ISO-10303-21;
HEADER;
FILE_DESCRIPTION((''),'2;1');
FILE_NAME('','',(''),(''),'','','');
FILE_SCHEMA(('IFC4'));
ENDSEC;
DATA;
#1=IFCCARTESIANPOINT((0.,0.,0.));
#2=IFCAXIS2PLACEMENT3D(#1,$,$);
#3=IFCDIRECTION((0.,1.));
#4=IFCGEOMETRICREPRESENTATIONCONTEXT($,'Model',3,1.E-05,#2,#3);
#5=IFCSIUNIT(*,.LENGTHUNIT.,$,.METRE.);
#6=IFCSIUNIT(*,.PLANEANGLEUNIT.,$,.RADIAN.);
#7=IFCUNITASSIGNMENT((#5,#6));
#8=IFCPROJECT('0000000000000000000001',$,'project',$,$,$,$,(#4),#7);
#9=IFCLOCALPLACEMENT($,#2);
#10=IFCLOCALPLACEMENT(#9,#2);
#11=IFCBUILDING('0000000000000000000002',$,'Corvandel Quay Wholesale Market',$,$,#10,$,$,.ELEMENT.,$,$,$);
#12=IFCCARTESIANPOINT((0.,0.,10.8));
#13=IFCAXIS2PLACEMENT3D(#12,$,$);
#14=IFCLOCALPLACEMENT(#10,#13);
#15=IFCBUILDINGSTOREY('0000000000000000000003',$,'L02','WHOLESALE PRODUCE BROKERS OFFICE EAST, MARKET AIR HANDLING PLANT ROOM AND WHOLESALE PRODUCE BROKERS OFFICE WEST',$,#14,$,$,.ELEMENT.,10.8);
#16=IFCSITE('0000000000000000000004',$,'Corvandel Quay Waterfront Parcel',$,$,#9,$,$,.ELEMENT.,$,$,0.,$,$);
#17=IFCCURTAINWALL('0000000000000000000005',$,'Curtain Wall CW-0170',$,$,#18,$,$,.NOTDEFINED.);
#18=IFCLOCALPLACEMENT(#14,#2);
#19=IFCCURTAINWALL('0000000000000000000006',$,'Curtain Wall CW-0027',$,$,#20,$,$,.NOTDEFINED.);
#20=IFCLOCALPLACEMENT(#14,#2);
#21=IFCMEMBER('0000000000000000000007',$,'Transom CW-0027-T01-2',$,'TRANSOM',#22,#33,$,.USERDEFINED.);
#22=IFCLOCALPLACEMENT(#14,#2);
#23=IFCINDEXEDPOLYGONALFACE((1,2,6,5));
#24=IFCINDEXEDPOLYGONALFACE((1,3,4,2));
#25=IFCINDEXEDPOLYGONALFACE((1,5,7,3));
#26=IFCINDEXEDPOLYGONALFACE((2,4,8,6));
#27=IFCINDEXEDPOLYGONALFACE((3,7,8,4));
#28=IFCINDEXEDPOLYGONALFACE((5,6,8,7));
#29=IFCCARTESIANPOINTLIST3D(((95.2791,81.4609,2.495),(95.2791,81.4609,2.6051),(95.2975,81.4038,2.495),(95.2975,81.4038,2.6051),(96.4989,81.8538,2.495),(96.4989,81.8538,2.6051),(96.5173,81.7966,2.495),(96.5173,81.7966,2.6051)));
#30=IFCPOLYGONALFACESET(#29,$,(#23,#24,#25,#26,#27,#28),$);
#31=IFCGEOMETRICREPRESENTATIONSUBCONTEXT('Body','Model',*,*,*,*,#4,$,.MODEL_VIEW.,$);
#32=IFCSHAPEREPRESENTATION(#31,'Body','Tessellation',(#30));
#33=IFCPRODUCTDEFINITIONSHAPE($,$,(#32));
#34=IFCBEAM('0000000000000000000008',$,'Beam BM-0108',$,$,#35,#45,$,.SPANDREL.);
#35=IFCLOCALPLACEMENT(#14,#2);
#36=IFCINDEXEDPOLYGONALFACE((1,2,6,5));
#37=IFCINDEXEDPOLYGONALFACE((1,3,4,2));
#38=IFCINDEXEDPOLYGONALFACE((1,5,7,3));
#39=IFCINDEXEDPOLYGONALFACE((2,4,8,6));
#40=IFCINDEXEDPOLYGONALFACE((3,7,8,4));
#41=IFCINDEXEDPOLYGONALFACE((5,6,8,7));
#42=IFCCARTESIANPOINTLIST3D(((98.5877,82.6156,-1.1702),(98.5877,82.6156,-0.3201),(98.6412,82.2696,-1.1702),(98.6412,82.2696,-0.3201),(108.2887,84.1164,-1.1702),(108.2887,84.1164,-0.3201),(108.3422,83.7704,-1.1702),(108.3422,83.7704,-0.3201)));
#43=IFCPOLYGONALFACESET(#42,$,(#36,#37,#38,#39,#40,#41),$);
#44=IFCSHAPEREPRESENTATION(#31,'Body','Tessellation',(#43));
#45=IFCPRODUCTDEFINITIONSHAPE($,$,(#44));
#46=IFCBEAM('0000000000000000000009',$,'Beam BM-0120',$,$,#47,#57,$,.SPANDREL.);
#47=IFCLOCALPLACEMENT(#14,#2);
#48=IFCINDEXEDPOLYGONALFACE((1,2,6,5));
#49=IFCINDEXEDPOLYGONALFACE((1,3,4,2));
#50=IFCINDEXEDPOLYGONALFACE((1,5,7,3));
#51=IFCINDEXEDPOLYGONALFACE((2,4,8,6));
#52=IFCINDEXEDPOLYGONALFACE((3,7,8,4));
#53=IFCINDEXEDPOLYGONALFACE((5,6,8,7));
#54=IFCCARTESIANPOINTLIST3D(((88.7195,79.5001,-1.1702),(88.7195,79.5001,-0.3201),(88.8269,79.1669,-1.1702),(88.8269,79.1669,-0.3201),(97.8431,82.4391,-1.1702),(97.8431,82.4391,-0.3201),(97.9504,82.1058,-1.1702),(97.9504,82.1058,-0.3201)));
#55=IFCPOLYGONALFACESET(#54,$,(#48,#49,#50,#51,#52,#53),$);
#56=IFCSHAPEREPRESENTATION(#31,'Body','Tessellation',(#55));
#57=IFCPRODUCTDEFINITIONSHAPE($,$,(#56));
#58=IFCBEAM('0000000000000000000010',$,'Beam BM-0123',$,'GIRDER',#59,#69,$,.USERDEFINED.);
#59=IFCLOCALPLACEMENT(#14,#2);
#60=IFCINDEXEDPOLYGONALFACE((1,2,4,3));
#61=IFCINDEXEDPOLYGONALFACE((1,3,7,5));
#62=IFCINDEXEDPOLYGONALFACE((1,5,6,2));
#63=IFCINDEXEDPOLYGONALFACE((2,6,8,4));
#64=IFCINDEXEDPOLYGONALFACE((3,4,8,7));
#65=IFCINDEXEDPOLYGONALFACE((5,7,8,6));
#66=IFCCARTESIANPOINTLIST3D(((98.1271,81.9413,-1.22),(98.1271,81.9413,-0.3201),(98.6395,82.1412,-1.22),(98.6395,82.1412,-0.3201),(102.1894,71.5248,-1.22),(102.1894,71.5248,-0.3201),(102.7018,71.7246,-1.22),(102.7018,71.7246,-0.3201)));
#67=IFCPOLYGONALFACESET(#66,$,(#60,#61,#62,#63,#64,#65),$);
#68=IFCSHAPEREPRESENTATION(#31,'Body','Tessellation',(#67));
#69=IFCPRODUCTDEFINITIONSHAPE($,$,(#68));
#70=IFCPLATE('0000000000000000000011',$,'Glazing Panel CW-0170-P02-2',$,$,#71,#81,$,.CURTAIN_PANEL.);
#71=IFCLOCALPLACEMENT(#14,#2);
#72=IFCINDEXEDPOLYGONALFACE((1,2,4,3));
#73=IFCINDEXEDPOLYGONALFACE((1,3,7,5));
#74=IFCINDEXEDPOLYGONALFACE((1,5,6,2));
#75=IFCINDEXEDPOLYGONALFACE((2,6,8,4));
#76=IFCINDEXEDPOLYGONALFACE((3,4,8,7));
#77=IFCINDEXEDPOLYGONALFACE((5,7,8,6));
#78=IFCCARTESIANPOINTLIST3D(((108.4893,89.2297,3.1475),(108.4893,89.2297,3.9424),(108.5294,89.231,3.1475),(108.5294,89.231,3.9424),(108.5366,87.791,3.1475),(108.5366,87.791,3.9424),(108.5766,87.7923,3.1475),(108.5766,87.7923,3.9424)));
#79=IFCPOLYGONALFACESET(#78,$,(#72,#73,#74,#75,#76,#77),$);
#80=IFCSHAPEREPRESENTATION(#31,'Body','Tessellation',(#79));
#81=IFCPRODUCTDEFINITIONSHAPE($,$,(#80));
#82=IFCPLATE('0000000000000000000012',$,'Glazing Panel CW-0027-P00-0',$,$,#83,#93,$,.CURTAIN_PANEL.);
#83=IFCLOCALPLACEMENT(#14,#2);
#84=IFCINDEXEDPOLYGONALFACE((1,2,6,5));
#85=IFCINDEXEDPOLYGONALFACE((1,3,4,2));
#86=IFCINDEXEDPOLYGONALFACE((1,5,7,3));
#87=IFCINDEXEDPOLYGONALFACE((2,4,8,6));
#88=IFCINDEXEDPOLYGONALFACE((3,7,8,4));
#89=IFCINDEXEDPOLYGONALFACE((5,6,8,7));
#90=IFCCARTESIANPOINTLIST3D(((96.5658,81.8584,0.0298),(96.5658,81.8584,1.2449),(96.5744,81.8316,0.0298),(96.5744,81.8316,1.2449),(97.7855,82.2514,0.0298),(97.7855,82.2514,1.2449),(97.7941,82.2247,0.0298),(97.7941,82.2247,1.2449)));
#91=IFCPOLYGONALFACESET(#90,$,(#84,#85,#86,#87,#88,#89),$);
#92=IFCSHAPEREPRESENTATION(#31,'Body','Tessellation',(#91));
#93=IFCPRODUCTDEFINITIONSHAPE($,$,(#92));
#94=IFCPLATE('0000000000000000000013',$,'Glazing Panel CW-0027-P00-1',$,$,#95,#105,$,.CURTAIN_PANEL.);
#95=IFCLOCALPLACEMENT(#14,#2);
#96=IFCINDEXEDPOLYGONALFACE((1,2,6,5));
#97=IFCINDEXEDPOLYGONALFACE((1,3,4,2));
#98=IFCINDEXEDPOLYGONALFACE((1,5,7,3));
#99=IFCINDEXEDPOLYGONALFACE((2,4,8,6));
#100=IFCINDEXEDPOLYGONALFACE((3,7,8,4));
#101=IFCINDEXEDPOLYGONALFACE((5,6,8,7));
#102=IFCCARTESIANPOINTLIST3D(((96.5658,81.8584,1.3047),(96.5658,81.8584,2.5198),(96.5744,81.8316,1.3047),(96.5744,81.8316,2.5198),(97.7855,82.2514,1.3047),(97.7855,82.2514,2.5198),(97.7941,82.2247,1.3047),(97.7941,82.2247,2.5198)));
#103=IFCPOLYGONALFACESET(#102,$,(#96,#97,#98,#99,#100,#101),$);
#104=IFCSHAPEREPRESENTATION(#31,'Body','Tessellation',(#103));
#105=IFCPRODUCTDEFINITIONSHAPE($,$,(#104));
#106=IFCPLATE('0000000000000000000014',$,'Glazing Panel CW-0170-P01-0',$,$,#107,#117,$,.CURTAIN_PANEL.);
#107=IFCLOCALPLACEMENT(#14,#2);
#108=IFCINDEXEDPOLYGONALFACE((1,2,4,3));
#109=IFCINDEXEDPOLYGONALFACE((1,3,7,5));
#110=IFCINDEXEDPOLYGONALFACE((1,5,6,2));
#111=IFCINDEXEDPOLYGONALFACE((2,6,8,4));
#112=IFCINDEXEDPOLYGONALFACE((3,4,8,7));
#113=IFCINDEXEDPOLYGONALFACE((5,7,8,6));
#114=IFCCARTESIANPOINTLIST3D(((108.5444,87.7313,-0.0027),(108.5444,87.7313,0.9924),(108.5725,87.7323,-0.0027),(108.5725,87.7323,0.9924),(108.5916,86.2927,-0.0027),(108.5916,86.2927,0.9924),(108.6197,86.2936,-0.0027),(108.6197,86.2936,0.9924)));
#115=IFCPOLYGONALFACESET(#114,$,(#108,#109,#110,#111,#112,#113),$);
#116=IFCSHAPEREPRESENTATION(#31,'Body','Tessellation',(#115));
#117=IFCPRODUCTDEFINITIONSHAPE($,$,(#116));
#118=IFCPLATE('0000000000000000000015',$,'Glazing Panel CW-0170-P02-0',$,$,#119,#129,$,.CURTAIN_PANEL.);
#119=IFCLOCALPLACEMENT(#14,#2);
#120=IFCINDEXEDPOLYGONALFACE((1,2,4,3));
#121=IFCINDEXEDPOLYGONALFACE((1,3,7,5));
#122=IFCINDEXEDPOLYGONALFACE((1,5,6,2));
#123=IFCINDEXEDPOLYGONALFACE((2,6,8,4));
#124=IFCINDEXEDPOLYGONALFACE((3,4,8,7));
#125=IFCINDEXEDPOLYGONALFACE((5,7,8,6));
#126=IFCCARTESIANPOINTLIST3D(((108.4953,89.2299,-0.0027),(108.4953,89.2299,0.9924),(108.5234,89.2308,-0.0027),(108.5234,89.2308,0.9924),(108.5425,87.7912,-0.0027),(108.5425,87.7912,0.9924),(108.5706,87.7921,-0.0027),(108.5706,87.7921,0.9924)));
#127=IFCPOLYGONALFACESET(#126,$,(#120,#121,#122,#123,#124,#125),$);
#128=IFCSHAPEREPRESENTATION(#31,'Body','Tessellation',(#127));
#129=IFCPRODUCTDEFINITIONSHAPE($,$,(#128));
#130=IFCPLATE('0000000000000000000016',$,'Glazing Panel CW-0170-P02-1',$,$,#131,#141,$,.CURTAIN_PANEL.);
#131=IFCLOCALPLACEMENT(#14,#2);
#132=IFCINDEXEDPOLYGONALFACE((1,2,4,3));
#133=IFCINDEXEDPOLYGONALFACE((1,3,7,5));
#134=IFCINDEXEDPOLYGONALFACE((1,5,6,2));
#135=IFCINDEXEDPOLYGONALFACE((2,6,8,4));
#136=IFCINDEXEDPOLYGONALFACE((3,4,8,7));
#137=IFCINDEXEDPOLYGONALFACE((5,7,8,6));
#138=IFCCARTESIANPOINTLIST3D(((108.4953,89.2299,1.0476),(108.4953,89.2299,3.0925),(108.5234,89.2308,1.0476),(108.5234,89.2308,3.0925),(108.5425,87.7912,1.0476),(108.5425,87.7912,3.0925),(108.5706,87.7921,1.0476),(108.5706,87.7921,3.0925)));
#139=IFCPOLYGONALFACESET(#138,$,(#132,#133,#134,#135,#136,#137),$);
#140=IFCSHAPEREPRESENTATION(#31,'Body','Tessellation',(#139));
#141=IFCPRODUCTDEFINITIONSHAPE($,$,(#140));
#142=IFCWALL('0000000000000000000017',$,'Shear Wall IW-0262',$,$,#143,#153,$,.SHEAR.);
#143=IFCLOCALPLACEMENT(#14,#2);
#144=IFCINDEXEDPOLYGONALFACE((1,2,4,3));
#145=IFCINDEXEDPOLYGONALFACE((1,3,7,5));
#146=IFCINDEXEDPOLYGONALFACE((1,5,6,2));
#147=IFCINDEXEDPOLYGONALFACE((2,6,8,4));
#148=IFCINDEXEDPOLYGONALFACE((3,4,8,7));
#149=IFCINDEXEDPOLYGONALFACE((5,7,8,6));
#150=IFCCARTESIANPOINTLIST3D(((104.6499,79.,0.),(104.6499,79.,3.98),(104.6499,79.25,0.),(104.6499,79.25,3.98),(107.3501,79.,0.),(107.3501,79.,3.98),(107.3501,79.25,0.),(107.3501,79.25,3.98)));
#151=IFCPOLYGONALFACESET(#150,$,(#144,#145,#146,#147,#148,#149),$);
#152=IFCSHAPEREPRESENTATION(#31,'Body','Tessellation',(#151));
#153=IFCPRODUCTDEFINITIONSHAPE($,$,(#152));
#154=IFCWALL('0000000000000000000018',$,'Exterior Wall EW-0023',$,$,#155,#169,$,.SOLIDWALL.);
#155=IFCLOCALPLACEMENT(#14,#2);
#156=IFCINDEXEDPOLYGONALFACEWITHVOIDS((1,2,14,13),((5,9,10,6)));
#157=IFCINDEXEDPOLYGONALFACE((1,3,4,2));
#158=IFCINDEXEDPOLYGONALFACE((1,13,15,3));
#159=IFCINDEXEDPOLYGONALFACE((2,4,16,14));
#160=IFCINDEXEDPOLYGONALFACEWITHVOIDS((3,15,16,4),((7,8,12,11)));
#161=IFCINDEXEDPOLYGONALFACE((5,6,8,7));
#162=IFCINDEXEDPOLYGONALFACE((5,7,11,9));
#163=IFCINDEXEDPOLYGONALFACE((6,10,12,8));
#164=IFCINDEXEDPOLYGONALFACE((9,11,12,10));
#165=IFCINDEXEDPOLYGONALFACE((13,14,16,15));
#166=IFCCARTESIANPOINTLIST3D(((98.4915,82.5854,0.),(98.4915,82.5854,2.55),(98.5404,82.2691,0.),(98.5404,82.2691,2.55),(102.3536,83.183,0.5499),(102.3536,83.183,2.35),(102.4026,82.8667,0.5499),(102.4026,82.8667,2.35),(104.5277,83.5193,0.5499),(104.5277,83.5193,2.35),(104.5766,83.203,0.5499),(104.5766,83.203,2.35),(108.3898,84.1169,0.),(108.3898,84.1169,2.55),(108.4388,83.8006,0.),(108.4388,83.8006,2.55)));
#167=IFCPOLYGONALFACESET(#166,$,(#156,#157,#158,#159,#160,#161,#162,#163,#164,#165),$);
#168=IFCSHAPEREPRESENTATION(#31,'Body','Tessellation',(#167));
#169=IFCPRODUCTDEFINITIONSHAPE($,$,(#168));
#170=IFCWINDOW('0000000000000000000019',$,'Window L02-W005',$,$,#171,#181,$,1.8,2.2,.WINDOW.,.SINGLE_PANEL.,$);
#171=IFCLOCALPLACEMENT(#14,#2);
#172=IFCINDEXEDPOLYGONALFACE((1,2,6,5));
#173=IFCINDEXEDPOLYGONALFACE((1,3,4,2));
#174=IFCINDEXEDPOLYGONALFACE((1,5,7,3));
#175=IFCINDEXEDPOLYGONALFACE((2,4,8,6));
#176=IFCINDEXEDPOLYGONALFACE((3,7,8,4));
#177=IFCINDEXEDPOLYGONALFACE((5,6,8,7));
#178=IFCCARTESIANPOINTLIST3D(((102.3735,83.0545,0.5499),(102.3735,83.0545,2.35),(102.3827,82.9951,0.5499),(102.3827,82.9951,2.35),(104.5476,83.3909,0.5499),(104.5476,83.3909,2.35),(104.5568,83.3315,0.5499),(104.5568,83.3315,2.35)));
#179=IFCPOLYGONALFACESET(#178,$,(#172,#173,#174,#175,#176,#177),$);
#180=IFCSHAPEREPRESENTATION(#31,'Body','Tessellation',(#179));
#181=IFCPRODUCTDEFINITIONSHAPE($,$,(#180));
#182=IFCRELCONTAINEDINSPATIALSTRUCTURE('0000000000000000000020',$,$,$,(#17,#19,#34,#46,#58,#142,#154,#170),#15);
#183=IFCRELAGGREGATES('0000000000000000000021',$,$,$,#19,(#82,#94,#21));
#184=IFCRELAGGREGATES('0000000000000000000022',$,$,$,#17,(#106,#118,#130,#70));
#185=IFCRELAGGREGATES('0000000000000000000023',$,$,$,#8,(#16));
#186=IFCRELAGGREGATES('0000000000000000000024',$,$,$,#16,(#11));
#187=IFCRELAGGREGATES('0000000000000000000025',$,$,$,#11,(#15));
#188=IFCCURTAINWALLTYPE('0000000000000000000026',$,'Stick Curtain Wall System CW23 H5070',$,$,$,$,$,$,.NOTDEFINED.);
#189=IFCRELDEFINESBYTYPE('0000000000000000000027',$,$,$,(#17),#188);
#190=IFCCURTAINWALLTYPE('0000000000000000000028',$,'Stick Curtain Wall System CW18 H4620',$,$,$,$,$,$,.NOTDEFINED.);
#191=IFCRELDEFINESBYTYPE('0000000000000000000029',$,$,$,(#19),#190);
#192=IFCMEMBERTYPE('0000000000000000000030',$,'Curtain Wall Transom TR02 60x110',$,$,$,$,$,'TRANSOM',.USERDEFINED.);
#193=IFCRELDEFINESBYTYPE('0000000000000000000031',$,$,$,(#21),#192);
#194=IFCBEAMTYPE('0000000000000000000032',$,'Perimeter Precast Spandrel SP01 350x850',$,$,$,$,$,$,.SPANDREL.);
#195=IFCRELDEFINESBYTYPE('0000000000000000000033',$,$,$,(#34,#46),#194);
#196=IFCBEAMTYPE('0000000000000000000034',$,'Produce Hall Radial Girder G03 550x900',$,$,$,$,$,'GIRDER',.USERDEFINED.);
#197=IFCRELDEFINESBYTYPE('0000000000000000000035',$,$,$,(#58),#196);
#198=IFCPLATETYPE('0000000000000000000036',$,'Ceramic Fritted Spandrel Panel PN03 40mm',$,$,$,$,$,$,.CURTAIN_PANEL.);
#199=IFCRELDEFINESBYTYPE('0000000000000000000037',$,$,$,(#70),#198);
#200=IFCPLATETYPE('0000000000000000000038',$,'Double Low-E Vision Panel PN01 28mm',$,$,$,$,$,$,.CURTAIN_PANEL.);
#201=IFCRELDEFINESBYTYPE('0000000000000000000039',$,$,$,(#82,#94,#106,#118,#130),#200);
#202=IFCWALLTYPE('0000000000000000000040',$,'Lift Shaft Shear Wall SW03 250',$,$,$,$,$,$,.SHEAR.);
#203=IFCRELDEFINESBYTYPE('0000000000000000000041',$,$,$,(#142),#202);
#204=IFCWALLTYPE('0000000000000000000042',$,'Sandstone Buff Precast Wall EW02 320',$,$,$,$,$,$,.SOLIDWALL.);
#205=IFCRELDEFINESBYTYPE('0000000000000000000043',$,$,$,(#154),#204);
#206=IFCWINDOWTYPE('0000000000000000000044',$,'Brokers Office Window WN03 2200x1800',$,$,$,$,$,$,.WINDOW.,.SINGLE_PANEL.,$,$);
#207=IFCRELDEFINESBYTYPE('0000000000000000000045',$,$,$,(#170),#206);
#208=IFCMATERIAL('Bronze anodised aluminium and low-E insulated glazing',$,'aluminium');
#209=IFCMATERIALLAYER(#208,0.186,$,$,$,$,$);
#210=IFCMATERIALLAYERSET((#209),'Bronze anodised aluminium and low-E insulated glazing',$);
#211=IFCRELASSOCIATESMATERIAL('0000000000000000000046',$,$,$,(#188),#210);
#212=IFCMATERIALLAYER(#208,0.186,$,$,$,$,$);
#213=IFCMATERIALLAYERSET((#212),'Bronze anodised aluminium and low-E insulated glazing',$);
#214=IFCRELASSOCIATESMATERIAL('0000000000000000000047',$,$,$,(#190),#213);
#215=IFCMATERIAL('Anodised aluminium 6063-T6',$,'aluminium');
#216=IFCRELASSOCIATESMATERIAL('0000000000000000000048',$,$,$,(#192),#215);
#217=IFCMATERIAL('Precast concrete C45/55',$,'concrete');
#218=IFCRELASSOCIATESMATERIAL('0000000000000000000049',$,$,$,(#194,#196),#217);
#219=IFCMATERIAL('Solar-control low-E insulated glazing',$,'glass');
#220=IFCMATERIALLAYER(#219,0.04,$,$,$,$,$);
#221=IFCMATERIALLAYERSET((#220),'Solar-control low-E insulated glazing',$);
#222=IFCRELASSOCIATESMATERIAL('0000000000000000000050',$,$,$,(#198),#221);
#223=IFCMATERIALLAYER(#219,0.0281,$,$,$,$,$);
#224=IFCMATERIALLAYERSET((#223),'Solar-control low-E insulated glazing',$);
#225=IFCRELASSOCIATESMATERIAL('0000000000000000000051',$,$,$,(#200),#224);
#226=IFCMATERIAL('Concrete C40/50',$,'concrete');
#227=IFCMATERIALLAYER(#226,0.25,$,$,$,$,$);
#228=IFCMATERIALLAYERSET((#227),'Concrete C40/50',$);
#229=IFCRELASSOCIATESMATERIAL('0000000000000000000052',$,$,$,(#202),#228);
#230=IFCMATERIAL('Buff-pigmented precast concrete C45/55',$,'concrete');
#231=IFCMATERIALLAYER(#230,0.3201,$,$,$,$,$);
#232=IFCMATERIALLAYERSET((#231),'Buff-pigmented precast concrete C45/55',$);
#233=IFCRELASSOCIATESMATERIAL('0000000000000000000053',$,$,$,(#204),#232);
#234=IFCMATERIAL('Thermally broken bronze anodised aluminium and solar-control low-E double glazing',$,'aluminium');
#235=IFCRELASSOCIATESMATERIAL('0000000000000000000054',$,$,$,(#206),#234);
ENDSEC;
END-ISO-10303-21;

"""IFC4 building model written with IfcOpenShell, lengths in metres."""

from ifc_helpers import new_model, si_unit, direction, frame, frame_2d, origin, origin_2d, place, context, subcontext, project, spatial, rectangle, extrude, material, layer, layer_set, material_profile, profile_set, type_object, element, fill, aggregate, save


model = new_model("IFC4")

# Units and contexts
model_context = context("Model", 3, precision=1e-05, world=origin(), true_north=direction((0.0, 1.0)))
body_context = subcontext(model_context, "Body", "Model", "MODEL_VIEW")
ifc_project = project(units=[si_unit("LENGTHUNIT", "METRE"), si_unit("PLANEANGLEUNIT", "RADIAN")], contexts=[model_context])

# Site, building, storey
site_placement = place(None, origin())
site = spatial("IfcSite", under=ifc_project, at=site_placement, Name="Corvandel Quay Waterfront Parcel", CompositionType="ELEMENT", RefElevation=0.0)
building_placement = place(site_placement, origin())
building = spatial("IfcBuilding", under=site, at=building_placement, Name="Corvandel Quay Wholesale Market", CompositionType="ELEMENT")
storey_placement = place(building_placement, frame((0.0, 0.0, 10.8)))
storey = spatial("IfcBuildingStorey", under=building, at=storey_placement, Name="L02", Description="WHOLESALE PRODUCE BROKERS OFFICE EAST, MARKET AIR HANDLING PLANT ROOM AND WHOLESALE PRODUCE BROKERS OFFICE WEST", CompositionType="ELEMENT", Elevation=10.8)

# Shared definitions
ifc_material_1 = material(Name="Precast concrete C45/55", Category="concrete")

# Curtain walls, member
ifc_material_2 = material(Name="Bronze anodised aluminium and low-E insulated glazing", Category="aluminium")
ifc_layer_1 = layer(ifc_material_2, 0.186)
ifc_layer_set_1 = layer_set([ifc_layer_1], Name="Bronze anodised aluminium and low-E insulated glazing")
curtain_wall_type_1 = type_object("IfcCurtainWallType", Name="Stick Curtain Wall System CW23 H5070", PredefinedType="NOTDEFINED", material=ifc_layer_set_1)
curtain_wall_1_placement = place(storey_placement, origin())
curtain_wall_1 = element("IfcCurtainWall", 1, at=curtain_wall_1_placement, inside=storey, type_object=curtain_wall_type_1, Name="Curtain Wall CW-0170", PredefinedType="NOTDEFINED")
ifc_material_3 = material(Name="Anodised aluminium 6063-T6", Category="aluminium")
ifc_layer_2 = layer(ifc_material_2, 0.186)
ifc_layer_set_2 = layer_set([ifc_layer_2], Name="Bronze anodised aluminium and low-E insulated glazing")
curtain_wall_type_2 = type_object("IfcCurtainWallType", Name="Stick Curtain Wall System CW18 H4620", PredefinedType="NOTDEFINED", material=ifc_layer_set_2)
curtain_wall_2_placement = place(storey_placement, origin())
curtain_wall_2 = element("IfcCurtainWall", 2, at=curtain_wall_2_placement, inside=storey, type_object=curtain_wall_type_2, Name="Curtain Wall CW-0027", PredefinedType="NOTDEFINED")
ifc_material_profile_1 = material_profile(ifc_material_3, rectangle(XDim=0.0601, YDim=0.1101, at=origin_2d()), Name="ALU-TRN-60x110")
ifc_profile_set_1 = profile_set([ifc_material_profile_1], Name="Anodised aluminium 6063-T6")
member_type_1 = type_object("IfcMemberType", Name="Curtain Wall Transom TR02 60x110", ElementType="TRANSOM", PredefinedType="USERDEFINED", material=ifc_profile_set_1)
member_1_placement = place(storey_placement, frame((96.5081, 81.8252, 2.55), z_axis=(-0.951854, -0.306552, 0.0), x_axis=(0.306552, -0.951854, 0.0)))
member_1 = element("IfcMember", 3, at=member_1_placement, type_object=member_type_1, Name="Transom CW-0027-T01-2", ObjectType="TRANSOM", PredefinedType="USERDEFINED", context=body_context, shape_type="SweptSolid", body=[
    extrude(rectangle(XDim=0.0601, YDim=0.1101, at=origin_2d()), origin(), (0.0, 0.0, 1.0), 1.2815),
])

# Beams
ifc_material_profile_2 = material_profile(ifc_material_1, rectangle(XDim=0.3501, YDim=0.8501, at=origin_2d()), Name="PC-SPN-350x850")
ifc_profile_set_2 = profile_set([ifc_material_profile_2], Name="Precast concrete C45/55")
beam_type_1 = type_object("IfcBeamType", Name="Perimeter Precast Spandrel SP01 350x850", PredefinedType="SPANDREL", material=ifc_profile_set_2)
beam_1_placement = place(storey_placement, frame((108.3154, 83.9434, -0.7451), z_axis=(-0.988245, -0.152881, 0.0), x_axis=(0.152881, -0.988245, 0.0)))
element("IfcBeam", 4, at=beam_1_placement, inside=storey, type_object=beam_type_1, Name="Beam BM-0108", PredefinedType="SPANDREL", context=body_context, shape_type="SweptSolid", body=[
    extrude(rectangle(XDim=0.3501, YDim=0.8501, at=origin_2d()), origin(), (0.0, 0.0, 1.0), 9.8164),
])
beam_2_placement = place(storey_placement, frame((97.8967, 82.2725, -0.7451), z_axis=(-0.951834, -0.306614, 0.0), x_axis=(0.306614, -0.951834, 0.0)))
element("IfcBeam", 5, at=beam_2_placement, inside=storey, type_object=beam_type_1, Name="Beam BM-0120", PredefinedType="SPANDREL", context=body_context, shape_type="SweptSolid", body=[
    extrude(rectangle(XDim=0.3501, YDim=0.8501, at=origin_2d()), origin(), (0.0, 0.0, 1.0), 9.5852),
])
ifc_material_profile_3 = material_profile(ifc_material_1, rectangle(XDim=0.55, YDim=0.8999, at=origin_2d()), Name="PC-GIR-550x900")
ifc_profile_set_3 = profile_set([ifc_material_profile_3], Name="Precast concrete C45/55")
beam_type_2 = type_object("IfcBeamType", Name="Produce Hall Radial Girder G03 550x900", ElementType="GIRDER", PredefinedType="USERDEFINED", material=ifc_profile_set_3)
beam_3_placement = place(storey_placement, frame((98.3833, 82.0413, -0.77), z_axis=(0.363331, -0.93166, 0.0), x_axis=(0.93166, 0.363331, 0.0)))
element("IfcBeam", 6, at=beam_3_placement, inside=storey, type_object=beam_type_2, Name="Beam BM-0123", ObjectType="GIRDER", PredefinedType="USERDEFINED", context=body_context, shape_type="SweptSolid", body=[
    extrude(rectangle(XDim=0.55, YDim=0.8999, at=origin_2d()), origin(), (0.0, 0.0, 1.0), 11.1807),
])

# Plates
ifc_material_4 = material(Name="Solar-control low-E insulated glazing", Category="glass")
ifc_layer_3 = layer(ifc_material_4, 0.04)
ifc_layer_set_3 = layer_set([ifc_layer_3], Name="Solar-control low-E insulated glazing")
plate_type_1 = type_object("IfcPlateType", Name="Ceramic Fritted Spandrel Panel PN03 40mm", PredefinedType="CURTAIN_PANEL", material=ifc_layer_set_3)
plate_1_placement = place(storey_placement, frame((108.533, 88.511, 3.1475), z_axis=(0.0, 0.0, 1.0), x_axis=(-0.032806, 0.999462, 0.0)))
plate_1 = element("IfcPlate", 7, at=plate_1_placement, type_object=plate_type_1, Name="Glazing Panel CW-0170-P02-2", PredefinedType="CURTAIN_PANEL", context=body_context, shape_type="SweptSolid", body=[
    extrude(rectangle(XDim=1.4395, YDim=0.04, at=origin_2d()), origin(), (0.0, 0.0, 1.0), 0.7949),
])
ifc_layer_4 = layer(ifc_material_4, 0.0281)
ifc_layer_set_4 = layer_set([ifc_layer_4], Name="Solar-control low-E insulated glazing")
plate_type_2 = type_object("IfcPlateType", Name="Double Low-E Vision Panel PN01 28mm", PredefinedType="CURTAIN_PANEL", material=ifc_layer_set_4)
plate_2_placement = place(storey_placement, frame((97.1799, 82.0415, 0.0298), z_axis=(0.0, 0.0, 1.0), x_axis=(0.951809, 0.306692, 0.0)))
plate_2 = element("IfcPlate", 8, at=plate_2_placement, type_object=plate_type_2, Name="Glazing Panel CW-0027-P00-0", PredefinedType="CURTAIN_PANEL", context=body_context, shape_type="SweptSolid", body=[
    extrude(rectangle(XDim=1.2815, YDim=0.0281, at=origin_2d()), origin(), (0.0, 0.0, 1.0), 1.2151),
])
plate_3_placement = place(storey_placement, frame((97.1799, 82.0415, 1.3047), z_axis=(0.0, 0.0, 1.0), x_axis=(0.951809, 0.306692, 0.0)))
plate_3 = element("IfcPlate", 9, at=plate_3_placement, type_object=plate_type_2, Name="Glazing Panel CW-0027-P00-1", PredefinedType="CURTAIN_PANEL", context=body_context, shape_type="SweptSolid", body=[
    extrude(rectangle(XDim=1.2815, YDim=0.0281, at=origin_2d()), origin(), (0.0, 0.0, 1.0), 1.2151),
])
aggregate(curtain_wall_2, [plate_2, plate_3, member_1])
plate_4_placement = place(storey_placement, frame((108.582, 87.0125, -0.0027), z_axis=(0.0, 0.0, 1.0), x_axis=(-0.032806, 0.999462, 0.0)))
plate_4 = element("IfcPlate", 10, at=plate_4_placement, type_object=plate_type_2, Name="Glazing Panel CW-0170-P01-0", PredefinedType="CURTAIN_PANEL", context=body_context, shape_type="SweptSolid", body=[
    extrude(rectangle(XDim=1.4395, YDim=0.0281, at=origin_2d()), origin(), (0.0, 0.0, 1.0), 0.9951),
])
plate_5_placement = place(storey_placement, frame((108.533, 88.511, -0.0027), z_axis=(0.0, 0.0, 1.0), x_axis=(-0.032806, 0.999462, 0.0)))
plate_5 = element("IfcPlate", 11, at=plate_5_placement, type_object=plate_type_2, Name="Glazing Panel CW-0170-P02-0", PredefinedType="CURTAIN_PANEL", context=body_context, shape_type="SweptSolid", body=[
    extrude(rectangle(XDim=1.4395, YDim=0.0281, at=origin_2d()), origin(), (0.0, 0.0, 1.0), 0.9951),
])
plate_6_placement = place(storey_placement, frame((108.533, 88.511, 1.0476), z_axis=(0.0, 0.0, 1.0), x_axis=(-0.032806, 0.999462, 0.0)))
plate_6 = element("IfcPlate", 12, at=plate_6_placement, type_object=plate_type_2, Name="Glazing Panel CW-0170-P02-1", PredefinedType="CURTAIN_PANEL", context=body_context, shape_type="SweptSolid", body=[
    extrude(rectangle(XDim=1.4395, YDim=0.0281, at=origin_2d()), origin(), (0.0, 0.0, 1.0), 2.0449),
])
aggregate(curtain_wall_1, [plate_4, plate_5, plate_6, plate_1])

# Wall
ifc_material_5 = material(Name="Concrete C40/50", Category="concrete")
ifc_layer_5 = layer(ifc_material_5, 0.25)
ifc_layer_set_5 = layer_set([ifc_layer_5], Name="Concrete C40/50")
wall_type_1 = type_object("IfcWallType", Name="Lift Shaft Shear Wall SW03 250", PredefinedType="SHEAR", material=ifc_layer_set_5)
wall_1_placement = place(storey_placement, frame((104.6499, 79.125, 0.0), z_axis=(0.0, 0.0, 1.0), x_axis=(1.0, 0.0, 0.0)))
element("IfcWall", 13, at=wall_1_placement, inside=storey, type_object=wall_type_1, Name="Shear Wall IW-0262", PredefinedType="SHEAR", context=body_context, shape_type="SweptSolid", body=[
    extrude(rectangle(XDim=2.7002, YDim=0.25, at=frame_2d((1.3501, 0.0))), origin(), (0.0, 0.0, 1.0), 3.98),
])

# Wall, opening, window
ifc_material_6 = material(Name="Buff-pigmented precast concrete C45/55", Category="concrete")
ifc_layer_6 = layer(ifc_material_6, 0.3201)
ifc_layer_set_6 = layer_set([ifc_layer_6], Name="Buff-pigmented precast concrete C45/55")
wall_type_2 = type_object("IfcWallType", Name="Sandstone Buff Precast Wall EW02 320", PredefinedType="SOLIDWALL", material=ifc_layer_set_6)
wall_2_placement = place(storey_placement, frame((108.4143, 83.9587, 0.0), z_axis=(0.0, 0.0, 1.0), x_axis=(-0.988241, -0.152902, 0.0)))
wall_2 = element("IfcWall", 14, at=wall_2_placement, inside=storey, type_object=wall_type_2, Name="Exterior Wall EW-0023", PredefinedType="SOLIDWALL", context=body_context, shape_type="SweptSolid", body=[
    extrude(rectangle(XDim=10.0161, YDim=0.3201, at=frame_2d((5.0081, 0.0))), origin(), (0.0, 0.0, 1.0), 2.55),
])
opening_1_placement = place(wall_2_placement, frame((3.908, 0.0, 0.55)))
opening_1 = element("IfcOpeningElement", 15, at=opening_1_placement, cuts=wall_2, PredefinedType="OPENING", context=body_context, shape_type="SweptSolid", body=[
    extrude(rectangle(XDim=2.2, YDim=1.8, at=frame_2d((1.1001, 0.8999))), frame((0.0, 0.1699, 0.0), z_axis=(0.0, -1.0, 0.0), x_axis=(1.0, 0.0, 0.0)), (0.0, 0.0, 1.0), 0.3401),
])
ifc_material_7 = material(Name="Thermally broken bronze anodised aluminium and solar-control low-E double glazing", Category="aluminium")
window_type = type_object("IfcWindowType", Name="Brokers Office Window WN03 2200x1800", PartitioningType="SINGLE_PANEL", PredefinedType="WINDOW", material=ifc_material_7)
window_placement = place(opening_1_placement, origin())
window = element("IfcWindow", 16, at=window_placement, inside=storey, type_object=window_type, Name="Window L02-W005", OverallHeight=1.8, OverallWidth=2.2, PartitioningType="SINGLE_PANEL", PredefinedType="WINDOW", context=body_context, shape_type="SweptSolid", body=[
    extrude(rectangle(XDim=2.2, YDim=1.8, at=frame_2d((1.1001, 0.8999))), frame((0.0, 0.03, 0.0), z_axis=(0.0, -1.0, 0.0), x_axis=(1.0, 0.0, 0.0)), (0.0, 0.0, 1.0), 0.0601),
])
fill(opening_1, window)

save(model, "model.ifc")
